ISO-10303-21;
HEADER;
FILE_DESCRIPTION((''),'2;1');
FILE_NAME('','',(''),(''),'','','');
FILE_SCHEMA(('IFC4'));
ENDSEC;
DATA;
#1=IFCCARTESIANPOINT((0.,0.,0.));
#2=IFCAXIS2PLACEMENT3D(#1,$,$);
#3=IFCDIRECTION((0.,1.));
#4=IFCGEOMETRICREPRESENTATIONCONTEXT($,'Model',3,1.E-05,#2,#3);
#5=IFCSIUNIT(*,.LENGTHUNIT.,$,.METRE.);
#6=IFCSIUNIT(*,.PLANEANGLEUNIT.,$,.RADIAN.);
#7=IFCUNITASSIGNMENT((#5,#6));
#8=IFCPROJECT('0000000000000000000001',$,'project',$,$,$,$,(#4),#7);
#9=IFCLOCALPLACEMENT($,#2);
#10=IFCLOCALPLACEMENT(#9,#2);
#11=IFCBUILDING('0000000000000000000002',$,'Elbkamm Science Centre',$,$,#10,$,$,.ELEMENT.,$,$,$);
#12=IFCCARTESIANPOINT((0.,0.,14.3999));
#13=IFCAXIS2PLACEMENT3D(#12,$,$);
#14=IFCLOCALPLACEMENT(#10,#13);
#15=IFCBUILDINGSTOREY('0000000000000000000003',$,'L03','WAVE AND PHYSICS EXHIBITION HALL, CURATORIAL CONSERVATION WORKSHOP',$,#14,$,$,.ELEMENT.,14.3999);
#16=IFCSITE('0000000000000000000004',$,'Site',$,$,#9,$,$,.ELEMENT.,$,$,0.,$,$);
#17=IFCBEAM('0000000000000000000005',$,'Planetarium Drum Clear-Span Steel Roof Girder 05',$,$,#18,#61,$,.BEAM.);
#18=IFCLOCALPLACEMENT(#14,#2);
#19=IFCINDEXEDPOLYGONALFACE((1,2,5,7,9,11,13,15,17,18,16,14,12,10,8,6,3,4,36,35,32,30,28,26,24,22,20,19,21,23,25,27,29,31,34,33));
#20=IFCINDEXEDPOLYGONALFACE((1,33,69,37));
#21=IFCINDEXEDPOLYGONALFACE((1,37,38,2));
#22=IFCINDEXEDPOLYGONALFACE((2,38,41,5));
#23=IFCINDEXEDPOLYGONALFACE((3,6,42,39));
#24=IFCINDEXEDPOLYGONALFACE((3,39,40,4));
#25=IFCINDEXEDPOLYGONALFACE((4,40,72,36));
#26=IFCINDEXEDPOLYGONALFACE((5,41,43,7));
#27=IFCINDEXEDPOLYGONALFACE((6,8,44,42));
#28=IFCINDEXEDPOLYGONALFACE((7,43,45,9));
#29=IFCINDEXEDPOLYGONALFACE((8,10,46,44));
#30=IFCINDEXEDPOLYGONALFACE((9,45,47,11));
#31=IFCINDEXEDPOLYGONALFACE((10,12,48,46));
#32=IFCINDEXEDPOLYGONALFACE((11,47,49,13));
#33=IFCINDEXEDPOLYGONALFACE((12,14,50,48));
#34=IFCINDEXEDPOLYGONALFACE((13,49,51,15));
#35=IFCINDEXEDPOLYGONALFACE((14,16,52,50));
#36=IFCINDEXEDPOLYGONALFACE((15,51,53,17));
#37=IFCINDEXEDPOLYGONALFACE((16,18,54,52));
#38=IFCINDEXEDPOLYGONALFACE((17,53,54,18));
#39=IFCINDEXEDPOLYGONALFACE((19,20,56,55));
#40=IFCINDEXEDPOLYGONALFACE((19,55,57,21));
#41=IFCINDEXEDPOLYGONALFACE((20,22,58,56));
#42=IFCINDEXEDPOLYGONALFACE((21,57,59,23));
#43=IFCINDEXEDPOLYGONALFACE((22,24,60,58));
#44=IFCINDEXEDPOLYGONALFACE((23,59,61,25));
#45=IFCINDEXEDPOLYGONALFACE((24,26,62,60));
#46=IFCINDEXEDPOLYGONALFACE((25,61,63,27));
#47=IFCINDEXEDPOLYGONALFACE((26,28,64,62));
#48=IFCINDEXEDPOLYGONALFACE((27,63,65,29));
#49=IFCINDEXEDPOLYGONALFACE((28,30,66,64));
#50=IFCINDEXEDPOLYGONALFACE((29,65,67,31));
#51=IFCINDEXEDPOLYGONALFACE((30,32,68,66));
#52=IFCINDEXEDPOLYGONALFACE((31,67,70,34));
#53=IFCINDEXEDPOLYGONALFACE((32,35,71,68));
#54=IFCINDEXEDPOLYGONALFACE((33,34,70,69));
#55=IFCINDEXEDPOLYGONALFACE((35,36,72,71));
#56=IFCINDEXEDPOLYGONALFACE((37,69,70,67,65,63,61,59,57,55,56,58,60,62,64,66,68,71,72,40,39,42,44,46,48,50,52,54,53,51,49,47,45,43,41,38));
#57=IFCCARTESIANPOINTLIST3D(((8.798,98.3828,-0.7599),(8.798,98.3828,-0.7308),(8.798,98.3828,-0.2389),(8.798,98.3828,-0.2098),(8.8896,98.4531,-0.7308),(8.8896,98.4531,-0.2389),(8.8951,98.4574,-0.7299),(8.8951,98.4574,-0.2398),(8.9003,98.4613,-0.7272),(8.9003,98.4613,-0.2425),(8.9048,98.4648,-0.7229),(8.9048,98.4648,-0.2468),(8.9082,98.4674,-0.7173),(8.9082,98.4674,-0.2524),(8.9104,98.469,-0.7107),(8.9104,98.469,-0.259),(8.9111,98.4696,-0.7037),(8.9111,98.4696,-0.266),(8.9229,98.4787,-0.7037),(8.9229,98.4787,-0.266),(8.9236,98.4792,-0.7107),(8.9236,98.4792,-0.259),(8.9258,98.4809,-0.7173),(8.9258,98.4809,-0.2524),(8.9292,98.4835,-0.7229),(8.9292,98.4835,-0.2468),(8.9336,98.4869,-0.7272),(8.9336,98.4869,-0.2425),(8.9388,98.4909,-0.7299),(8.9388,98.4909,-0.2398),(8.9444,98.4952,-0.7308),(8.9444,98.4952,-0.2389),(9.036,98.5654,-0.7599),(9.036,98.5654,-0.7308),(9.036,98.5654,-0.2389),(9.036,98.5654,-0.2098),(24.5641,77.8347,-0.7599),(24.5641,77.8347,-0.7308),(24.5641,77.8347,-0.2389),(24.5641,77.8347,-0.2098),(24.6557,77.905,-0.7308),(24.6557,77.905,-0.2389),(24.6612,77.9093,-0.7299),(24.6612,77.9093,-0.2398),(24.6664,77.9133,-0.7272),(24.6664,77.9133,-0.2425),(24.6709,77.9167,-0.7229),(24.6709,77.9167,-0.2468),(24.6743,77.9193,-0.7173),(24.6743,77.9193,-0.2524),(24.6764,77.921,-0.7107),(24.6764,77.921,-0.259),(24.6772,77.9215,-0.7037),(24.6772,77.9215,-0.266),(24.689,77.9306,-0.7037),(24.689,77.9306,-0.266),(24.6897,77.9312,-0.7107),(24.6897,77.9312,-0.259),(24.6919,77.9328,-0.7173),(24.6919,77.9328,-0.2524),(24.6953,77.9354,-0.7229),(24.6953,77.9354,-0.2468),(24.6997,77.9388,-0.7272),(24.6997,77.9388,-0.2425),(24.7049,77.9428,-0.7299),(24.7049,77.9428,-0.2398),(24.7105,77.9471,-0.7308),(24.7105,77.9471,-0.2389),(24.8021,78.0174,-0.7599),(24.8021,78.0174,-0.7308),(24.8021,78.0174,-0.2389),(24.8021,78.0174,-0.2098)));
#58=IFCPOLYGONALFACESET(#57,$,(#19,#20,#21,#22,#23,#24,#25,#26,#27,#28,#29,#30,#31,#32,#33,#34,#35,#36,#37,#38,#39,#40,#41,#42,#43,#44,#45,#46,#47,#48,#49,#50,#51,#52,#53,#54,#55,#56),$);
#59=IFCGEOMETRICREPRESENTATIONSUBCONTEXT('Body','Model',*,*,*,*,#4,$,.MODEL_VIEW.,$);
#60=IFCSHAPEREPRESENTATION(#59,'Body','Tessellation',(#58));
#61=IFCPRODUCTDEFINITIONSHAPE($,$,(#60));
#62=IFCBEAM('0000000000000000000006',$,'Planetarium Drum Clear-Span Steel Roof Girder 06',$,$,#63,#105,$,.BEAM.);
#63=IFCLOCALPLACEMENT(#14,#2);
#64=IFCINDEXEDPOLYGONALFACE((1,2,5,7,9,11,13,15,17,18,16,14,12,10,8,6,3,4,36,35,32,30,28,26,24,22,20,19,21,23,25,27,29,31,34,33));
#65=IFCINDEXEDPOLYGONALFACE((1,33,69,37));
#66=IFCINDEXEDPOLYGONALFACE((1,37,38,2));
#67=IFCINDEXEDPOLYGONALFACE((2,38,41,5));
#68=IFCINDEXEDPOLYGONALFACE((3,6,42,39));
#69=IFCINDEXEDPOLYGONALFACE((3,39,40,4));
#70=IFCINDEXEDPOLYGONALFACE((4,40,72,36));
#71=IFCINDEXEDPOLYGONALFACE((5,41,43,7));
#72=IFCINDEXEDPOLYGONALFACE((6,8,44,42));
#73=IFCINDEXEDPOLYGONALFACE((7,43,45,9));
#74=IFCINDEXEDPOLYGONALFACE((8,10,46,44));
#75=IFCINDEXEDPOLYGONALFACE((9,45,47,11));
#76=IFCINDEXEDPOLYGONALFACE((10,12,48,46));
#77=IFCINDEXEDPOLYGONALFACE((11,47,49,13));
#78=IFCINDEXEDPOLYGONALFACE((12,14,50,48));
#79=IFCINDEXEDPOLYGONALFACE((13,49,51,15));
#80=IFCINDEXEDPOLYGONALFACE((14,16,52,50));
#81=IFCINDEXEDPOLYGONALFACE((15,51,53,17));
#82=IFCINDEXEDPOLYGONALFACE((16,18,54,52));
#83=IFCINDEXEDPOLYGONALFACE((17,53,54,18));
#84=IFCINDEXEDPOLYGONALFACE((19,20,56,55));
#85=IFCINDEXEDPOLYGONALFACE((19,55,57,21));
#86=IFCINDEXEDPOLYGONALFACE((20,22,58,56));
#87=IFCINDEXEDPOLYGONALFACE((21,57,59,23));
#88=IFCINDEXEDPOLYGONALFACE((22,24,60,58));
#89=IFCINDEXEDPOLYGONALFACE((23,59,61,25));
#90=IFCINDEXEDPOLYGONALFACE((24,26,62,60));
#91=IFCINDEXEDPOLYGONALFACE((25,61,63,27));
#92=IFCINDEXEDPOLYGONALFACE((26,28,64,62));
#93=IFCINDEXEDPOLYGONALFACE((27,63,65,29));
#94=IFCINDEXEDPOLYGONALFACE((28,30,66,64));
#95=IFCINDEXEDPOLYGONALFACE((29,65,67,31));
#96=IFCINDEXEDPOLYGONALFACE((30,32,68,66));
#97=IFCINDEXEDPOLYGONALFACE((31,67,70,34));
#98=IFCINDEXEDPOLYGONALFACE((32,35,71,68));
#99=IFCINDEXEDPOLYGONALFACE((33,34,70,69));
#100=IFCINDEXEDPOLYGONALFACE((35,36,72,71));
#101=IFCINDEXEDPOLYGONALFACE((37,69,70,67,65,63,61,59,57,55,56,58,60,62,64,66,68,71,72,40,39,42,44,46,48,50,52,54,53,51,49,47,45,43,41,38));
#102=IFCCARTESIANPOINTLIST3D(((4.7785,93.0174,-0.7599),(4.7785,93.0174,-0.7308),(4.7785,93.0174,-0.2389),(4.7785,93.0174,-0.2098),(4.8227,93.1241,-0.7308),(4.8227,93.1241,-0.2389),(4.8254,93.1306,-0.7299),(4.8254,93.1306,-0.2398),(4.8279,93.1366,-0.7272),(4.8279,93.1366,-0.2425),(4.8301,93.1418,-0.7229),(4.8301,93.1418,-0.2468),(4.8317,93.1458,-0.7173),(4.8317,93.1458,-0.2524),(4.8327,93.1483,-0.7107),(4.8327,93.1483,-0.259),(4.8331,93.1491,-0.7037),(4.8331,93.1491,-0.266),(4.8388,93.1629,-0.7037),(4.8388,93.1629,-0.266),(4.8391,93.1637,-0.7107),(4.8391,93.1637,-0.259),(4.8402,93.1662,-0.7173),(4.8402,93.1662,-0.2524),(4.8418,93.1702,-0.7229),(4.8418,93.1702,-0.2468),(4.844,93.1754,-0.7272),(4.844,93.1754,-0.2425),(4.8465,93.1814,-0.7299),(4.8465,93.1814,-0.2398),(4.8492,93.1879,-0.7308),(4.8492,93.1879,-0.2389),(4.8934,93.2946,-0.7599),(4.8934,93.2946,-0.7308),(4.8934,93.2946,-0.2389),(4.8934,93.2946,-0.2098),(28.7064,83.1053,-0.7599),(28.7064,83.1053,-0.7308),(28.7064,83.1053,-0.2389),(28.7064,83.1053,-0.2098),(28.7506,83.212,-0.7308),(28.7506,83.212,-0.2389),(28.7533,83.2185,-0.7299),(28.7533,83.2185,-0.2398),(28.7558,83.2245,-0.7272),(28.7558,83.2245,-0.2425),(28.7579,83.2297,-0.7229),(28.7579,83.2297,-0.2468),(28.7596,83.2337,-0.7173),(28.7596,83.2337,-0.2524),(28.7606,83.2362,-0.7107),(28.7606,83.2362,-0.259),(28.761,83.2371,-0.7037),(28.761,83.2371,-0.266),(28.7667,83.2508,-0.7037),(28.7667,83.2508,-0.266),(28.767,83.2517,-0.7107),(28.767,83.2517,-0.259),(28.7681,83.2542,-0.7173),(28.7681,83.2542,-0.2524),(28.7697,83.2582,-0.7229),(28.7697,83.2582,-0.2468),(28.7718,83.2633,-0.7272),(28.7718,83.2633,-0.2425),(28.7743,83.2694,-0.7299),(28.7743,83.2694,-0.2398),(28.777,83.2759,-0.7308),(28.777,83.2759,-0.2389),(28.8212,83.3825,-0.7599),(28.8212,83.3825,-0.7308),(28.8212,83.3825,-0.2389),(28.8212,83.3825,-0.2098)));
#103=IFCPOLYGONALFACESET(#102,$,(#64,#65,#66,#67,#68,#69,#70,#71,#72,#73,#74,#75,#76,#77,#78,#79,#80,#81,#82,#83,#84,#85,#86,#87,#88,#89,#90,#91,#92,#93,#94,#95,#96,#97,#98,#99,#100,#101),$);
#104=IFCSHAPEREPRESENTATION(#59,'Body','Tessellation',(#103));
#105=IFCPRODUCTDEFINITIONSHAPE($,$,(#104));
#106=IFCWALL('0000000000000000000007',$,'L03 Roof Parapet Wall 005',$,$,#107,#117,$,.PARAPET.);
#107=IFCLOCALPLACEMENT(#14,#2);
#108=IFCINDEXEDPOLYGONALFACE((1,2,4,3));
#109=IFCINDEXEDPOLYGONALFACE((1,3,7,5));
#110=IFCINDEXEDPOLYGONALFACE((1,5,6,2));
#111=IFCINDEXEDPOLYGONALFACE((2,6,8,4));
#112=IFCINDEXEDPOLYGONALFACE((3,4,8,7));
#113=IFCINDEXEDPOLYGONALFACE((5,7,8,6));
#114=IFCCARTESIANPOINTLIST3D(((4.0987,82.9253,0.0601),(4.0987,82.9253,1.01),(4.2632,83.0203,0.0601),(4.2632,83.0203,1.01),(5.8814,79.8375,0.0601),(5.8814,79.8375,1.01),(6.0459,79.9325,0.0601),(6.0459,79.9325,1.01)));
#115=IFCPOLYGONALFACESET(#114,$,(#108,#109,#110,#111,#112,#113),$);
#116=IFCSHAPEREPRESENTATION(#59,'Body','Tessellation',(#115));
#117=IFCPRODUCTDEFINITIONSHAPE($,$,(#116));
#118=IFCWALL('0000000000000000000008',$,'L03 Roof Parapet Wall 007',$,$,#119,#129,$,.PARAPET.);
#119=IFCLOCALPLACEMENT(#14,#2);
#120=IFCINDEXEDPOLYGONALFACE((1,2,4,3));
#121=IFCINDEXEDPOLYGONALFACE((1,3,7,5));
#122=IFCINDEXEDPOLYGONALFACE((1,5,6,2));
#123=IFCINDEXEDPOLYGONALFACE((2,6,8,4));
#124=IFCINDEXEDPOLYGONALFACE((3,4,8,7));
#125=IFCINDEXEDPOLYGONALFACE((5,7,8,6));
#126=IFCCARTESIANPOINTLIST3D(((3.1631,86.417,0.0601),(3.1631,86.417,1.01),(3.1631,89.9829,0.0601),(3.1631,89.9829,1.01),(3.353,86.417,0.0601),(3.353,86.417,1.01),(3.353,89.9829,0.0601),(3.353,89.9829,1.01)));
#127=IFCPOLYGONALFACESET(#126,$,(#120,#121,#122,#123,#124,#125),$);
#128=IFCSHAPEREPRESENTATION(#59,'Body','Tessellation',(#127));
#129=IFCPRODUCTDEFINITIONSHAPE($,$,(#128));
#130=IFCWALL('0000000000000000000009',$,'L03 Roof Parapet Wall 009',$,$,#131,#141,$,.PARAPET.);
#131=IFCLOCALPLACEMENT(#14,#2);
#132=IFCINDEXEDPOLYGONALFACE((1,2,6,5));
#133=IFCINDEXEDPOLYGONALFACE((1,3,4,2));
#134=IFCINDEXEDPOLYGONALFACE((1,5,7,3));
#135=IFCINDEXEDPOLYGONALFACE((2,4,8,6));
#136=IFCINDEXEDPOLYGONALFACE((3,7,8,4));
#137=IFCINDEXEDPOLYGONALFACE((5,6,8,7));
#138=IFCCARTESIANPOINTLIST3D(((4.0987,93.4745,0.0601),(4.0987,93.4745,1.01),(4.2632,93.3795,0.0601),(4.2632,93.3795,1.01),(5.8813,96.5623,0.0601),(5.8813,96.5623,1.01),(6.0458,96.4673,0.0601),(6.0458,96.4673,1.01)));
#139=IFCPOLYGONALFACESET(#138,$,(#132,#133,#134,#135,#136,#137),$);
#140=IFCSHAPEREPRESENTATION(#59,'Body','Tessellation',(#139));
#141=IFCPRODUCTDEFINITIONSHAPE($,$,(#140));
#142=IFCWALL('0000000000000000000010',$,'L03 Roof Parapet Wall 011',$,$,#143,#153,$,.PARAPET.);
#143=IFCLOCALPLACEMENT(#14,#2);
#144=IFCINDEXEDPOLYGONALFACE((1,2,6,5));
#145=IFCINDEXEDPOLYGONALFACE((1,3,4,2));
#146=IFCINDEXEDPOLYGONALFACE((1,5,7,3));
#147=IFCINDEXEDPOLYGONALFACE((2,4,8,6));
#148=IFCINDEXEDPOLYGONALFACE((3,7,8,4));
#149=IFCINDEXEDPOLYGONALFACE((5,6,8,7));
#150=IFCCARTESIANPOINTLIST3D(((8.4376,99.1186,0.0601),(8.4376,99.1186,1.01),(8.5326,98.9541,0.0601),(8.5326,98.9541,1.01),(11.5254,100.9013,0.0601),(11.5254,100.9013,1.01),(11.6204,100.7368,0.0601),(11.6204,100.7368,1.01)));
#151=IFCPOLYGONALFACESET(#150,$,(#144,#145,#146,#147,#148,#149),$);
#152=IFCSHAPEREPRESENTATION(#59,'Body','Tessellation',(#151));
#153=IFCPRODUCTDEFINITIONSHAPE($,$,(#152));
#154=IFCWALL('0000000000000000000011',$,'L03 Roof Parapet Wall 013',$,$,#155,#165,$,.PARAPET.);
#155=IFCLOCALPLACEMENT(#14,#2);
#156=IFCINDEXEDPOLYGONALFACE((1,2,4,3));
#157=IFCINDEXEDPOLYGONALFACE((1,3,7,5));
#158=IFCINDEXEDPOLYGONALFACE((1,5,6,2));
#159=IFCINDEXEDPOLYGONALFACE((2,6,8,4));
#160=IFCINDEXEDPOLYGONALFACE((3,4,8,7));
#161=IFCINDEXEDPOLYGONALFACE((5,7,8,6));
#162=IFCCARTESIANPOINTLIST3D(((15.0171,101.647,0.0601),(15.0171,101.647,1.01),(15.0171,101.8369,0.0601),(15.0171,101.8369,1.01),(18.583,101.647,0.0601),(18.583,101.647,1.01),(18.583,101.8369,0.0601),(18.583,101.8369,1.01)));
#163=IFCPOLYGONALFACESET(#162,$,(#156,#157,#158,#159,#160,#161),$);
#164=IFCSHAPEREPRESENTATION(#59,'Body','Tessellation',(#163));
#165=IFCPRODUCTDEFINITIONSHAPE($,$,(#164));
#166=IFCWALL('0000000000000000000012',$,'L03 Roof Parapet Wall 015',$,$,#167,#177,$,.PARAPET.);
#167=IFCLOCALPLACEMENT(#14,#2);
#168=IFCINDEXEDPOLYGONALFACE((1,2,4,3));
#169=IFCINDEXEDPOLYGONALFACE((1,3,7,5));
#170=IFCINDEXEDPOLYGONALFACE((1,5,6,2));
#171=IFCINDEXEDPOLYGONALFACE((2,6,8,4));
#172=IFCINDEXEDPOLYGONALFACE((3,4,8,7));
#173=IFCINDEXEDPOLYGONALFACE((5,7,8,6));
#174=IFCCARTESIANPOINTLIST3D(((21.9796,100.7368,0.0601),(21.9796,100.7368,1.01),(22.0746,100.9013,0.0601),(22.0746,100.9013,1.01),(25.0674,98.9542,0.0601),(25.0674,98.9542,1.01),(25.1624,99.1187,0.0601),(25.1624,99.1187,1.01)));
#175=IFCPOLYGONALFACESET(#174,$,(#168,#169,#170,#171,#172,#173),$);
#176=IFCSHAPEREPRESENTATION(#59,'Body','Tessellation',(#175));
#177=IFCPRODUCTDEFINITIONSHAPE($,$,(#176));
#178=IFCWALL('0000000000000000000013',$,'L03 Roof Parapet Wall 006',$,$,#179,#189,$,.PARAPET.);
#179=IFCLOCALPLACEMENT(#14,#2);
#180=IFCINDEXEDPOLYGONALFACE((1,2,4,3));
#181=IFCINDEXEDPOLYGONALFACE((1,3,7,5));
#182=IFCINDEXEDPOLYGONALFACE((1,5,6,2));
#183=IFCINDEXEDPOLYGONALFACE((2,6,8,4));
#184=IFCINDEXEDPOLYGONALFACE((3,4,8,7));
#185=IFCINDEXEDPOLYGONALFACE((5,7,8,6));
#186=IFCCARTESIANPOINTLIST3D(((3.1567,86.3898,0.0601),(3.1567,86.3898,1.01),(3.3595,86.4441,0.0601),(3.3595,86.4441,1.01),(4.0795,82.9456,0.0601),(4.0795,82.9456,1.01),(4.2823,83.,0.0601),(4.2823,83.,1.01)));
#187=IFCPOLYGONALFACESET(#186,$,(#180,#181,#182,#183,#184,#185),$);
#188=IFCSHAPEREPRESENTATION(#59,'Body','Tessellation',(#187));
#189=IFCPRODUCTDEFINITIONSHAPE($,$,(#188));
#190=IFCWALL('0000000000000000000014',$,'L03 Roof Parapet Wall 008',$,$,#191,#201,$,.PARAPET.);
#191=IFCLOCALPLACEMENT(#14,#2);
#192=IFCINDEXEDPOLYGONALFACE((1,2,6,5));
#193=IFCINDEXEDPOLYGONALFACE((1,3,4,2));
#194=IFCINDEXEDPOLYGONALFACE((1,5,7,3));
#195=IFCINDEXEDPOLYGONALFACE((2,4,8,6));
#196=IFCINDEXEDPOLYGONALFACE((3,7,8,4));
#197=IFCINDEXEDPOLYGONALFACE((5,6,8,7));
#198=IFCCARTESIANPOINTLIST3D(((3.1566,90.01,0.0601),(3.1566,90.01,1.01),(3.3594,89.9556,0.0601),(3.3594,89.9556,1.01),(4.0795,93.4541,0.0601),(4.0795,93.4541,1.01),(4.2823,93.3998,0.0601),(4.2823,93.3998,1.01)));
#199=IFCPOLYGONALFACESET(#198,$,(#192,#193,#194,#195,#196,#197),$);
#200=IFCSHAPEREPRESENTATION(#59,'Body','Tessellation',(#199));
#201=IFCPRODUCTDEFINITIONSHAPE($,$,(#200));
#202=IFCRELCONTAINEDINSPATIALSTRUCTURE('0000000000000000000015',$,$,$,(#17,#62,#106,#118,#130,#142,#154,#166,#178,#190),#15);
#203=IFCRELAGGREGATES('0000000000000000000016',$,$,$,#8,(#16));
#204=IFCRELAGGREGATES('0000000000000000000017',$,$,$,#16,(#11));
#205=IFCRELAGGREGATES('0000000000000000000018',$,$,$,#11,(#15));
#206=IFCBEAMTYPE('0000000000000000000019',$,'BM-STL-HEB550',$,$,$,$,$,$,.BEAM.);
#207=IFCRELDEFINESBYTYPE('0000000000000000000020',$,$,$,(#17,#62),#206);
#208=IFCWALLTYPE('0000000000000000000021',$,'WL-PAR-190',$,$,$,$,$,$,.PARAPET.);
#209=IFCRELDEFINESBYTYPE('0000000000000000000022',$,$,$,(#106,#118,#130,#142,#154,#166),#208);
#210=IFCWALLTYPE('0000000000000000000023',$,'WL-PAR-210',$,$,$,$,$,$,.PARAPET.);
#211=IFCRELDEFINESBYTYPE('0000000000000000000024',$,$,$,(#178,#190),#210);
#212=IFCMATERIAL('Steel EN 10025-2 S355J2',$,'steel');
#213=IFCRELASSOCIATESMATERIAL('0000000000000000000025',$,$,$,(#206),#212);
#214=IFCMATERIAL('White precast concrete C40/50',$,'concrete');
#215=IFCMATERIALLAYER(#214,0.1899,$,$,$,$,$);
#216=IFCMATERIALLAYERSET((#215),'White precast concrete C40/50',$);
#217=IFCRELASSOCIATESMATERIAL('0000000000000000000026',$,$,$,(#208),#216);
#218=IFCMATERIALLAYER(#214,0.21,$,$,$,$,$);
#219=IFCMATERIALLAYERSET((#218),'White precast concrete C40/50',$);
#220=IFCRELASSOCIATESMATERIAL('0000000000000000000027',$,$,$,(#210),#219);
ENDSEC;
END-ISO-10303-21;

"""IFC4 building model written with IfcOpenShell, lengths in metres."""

from ifc_helpers import new_model, si_unit, direction, frame, frame_2d, origin, origin_2d, place, context, subcontext, project, spatial, rectangle, i_section, extrude, material, layer, layer_set, material_profile, profile_set, type_object, element, save


model = new_model("IFC4")

# Units and contexts
model_context = context("Model", 3, precision=1e-05, world=origin(), true_north=direction((0.0, 1.0)))
body_context = subcontext(model_context, "Body", "Model", "MODEL_VIEW")
ifc_project = project(units=[si_unit("LENGTHUNIT", "METRE"), si_unit("PLANEANGLEUNIT", "RADIAN")], contexts=[model_context])

# Site, building, storey
site_placement = place(None, origin())
site = spatial("IfcSite", under=ifc_project, at=site_placement, Name="Site", CompositionType="ELEMENT", RefElevation=0.0)
building_placement = place(site_placement, origin())
building = spatial("IfcBuilding", under=site, at=building_placement, Name="Elbkamm Science Centre", CompositionType="ELEMENT")
storey_placement = place(building_placement, frame((0.0, 0.0, 14.3999)))
storey = spatial("IfcBuildingStorey", under=building, at=storey_placement, Name="L03", Description="WAVE AND PHYSICS EXHIBITION HALL, CURATORIAL CONSERVATION WORKSHOP", CompositionType="ELEMENT", Elevation=14.3999)

# Beams
ifc_material_1 = material(Name="Steel EN 10025-2 S355J2", Category="steel")
ifc_material_profile_1 = material_profile(ifc_material_1, i_section(OverallWidth=0.3, OverallDepth=0.55, WebThickness=0.0149, FlangeThickness=0.0291, FilletRadius=0.0271, at=origin_2d()), Name="HEB 550")
ifc_profile_set_1 = profile_set([ifc_material_profile_1], Name="Steel EN 10025-2 S355J2")
beam_type_1 = type_object("IfcBeamType", Name="BM-STL-HEB550", PredefinedType="BEAM", material=ifc_profile_set_1)
for number, where, z_axis, x_axis, name in (
    (1, (8.917, 98.4741, -0.4849), (0.608737, -0.793372, 0.0), (0.793372, 0.608737, 0.0), "Planetarium Drum Clear-Span Steel Roof Girder 05"),
    (2, (4.8359, 93.156, -0.4849), (0.923868, -0.38271, 0.0), (0.38271, 0.923868, 0.0), "Planetarium Drum Clear-Span Steel Roof Girder 06"),
):
    element("IfcBeam", number, at=place(storey_placement, frame(where, z_axis=z_axis, x_axis=x_axis)), inside=storey, type_object=beam_type_1, Name=name, PredefinedType="BEAM", context=body_context, shape_type="SweptSolid", body=[
        extrude(i_section(OverallWidth=0.3, OverallDepth=0.55, WebThickness=0.0149, FlangeThickness=0.0291, FilletRadius=0.0271, at=origin_2d()), origin(), (0.0, 0.0, 1.0), 25.8997),
    ])

# Walls
ifc_material_2 = material(Name="White precast concrete C40/50", Category="concrete")
ifc_layer_1 = layer(ifc_material_2, 0.1899)
ifc_layer_set_1 = layer_set([ifc_layer_1], Name="White precast concrete C40/50")
wall_type_1 = type_object("IfcWallType", Name="WL-PAR-190", PredefinedType="PARAPET", material=ifc_layer_set_1)
wall_1_placement = place(storey_placement, frame((5.9636, 79.885, 0.0601), z_axis=(0.0, 0.0, 1.0), x_axis=(-0.499983, 0.866035, 0.0)))
element("IfcWall", 3, at=wall_1_placement, inside=storey, type_object=wall_type_1, Name="L03 Roof Parapet Wall 005", PredefinedType="PARAPET", context=body_context, shape_type="SweptSolid", body=[
    extrude(rectangle(XDim=3.5654, YDim=0.1899, at=frame_2d((1.7827, 0.0))), origin(), (0.0, 0.0, 1.0), 0.95),
])
wall_2_placement = place(storey_placement, frame((3.2581, 86.417, 0.0601), z_axis=(0.0, 0.0, 1.0), x_axis=(0.0, 1.0, 0.0)))
element("IfcWall", 4, at=wall_2_placement, inside=storey, type_object=wall_type_1, Name="L03 Roof Parapet Wall 007", PredefinedType="PARAPET", context=body_context, shape_type="SweptSolid", body=[
    extrude(rectangle(XDim=3.5659, YDim=0.1899, at=frame_2d((1.783, 0.0))), origin(), (0.0, 0.0, 1.0), 0.95),
])
for number, where, z_axis, x_axis, name in (
    (5, (4.1809, 93.427, 0.0601), (0.0, 0.0, 1.0), (0.499983, 0.866035, 0.0), "L03 Roof Parapet Wall 009"),
    (6, (8.4851, 99.0364, 0.0601), (0.0, 0.0, 1.0), (0.866035, 0.499983, 0.0), "L03 Roof Parapet Wall 011"),
):
    element("IfcWall", number, at=place(storey_placement, frame(where, z_axis=z_axis, x_axis=x_axis)), inside=storey, type_object=wall_type_1, Name=name, PredefinedType="PARAPET", context=body_context, shape_type="SweptSolid", body=[
        extrude(rectangle(XDim=3.5654, YDim=0.1899, at=frame_2d((1.7827, 0.0))), origin(), (0.0, 0.0, 1.0), 0.95),
    ])
wall_3_placement = place(storey_placement, frame((15.0171, 101.7419, 0.0601), z_axis=(0.0, 0.0, 1.0), x_axis=(1.0, 0.0, 0.0)))
element("IfcWall", 7, at=wall_3_placement, inside=storey, type_object=wall_type_1, Name="L03 Roof Parapet Wall 013", PredefinedType="PARAPET", context=body_context, shape_type="SweptSolid", body=[
    extrude(rectangle(XDim=3.5659, YDim=0.1899, at=frame_2d((1.783, 0.0))), origin(), (0.0, 0.0, 1.0), 0.95),
])
wall_4_placement = place(storey_placement, frame((22.0271, 100.8191, 0.0601), z_axis=(0.0, 0.0, 1.0), x_axis=(0.866035, -0.499983, 0.0)))
element("IfcWall", 8, at=wall_4_placement, inside=storey, type_object=wall_type_1, Name="L03 Roof Parapet Wall 015", PredefinedType="PARAPET", context=body_context, shape_type="SweptSolid", body=[
    extrude(rectangle(XDim=3.5654, YDim=0.1899, at=frame_2d((1.7827, 0.0))), origin(), (0.0, 0.0, 1.0), 0.95),
])
ifc_layer_2 = layer(ifc_material_2, 0.21)
ifc_layer_set_2 = layer_set([ifc_layer_2], Name="White precast concrete C40/50")
wall_type_2 = type_object("IfcWallType", Name="WL-PAR-210", PredefinedType="PARAPET", material=ifc_layer_set_2)
for number, where, z_axis, x_axis, name in (
    (9, (4.1809, 82.9729, 0.0601), (0.0, 0.0, 1.0), (-0.258822, 0.965925, 0.0), "L03 Roof Parapet Wall 006"),
    (10, (3.2581, 89.9829, 0.0601), (0.0, 0.0, 1.0), (0.258822, 0.965925, 0.0), "L03 Roof Parapet Wall 008"),
):
    element("IfcWall", number, at=place(storey_placement, frame(where, z_axis=z_axis, x_axis=x_axis)), inside=storey, type_object=wall_type_2, Name=name, PredefinedType="PARAPET", context=body_context, shape_type="SweptSolid", body=[
        extrude(rectangle(XDim=3.5657, YDim=0.21, at=frame_2d((1.7827, 0.0))), origin(), (0.0, 0.0, 1.0), 0.95),
    ])

save(model, "model.ifc")
